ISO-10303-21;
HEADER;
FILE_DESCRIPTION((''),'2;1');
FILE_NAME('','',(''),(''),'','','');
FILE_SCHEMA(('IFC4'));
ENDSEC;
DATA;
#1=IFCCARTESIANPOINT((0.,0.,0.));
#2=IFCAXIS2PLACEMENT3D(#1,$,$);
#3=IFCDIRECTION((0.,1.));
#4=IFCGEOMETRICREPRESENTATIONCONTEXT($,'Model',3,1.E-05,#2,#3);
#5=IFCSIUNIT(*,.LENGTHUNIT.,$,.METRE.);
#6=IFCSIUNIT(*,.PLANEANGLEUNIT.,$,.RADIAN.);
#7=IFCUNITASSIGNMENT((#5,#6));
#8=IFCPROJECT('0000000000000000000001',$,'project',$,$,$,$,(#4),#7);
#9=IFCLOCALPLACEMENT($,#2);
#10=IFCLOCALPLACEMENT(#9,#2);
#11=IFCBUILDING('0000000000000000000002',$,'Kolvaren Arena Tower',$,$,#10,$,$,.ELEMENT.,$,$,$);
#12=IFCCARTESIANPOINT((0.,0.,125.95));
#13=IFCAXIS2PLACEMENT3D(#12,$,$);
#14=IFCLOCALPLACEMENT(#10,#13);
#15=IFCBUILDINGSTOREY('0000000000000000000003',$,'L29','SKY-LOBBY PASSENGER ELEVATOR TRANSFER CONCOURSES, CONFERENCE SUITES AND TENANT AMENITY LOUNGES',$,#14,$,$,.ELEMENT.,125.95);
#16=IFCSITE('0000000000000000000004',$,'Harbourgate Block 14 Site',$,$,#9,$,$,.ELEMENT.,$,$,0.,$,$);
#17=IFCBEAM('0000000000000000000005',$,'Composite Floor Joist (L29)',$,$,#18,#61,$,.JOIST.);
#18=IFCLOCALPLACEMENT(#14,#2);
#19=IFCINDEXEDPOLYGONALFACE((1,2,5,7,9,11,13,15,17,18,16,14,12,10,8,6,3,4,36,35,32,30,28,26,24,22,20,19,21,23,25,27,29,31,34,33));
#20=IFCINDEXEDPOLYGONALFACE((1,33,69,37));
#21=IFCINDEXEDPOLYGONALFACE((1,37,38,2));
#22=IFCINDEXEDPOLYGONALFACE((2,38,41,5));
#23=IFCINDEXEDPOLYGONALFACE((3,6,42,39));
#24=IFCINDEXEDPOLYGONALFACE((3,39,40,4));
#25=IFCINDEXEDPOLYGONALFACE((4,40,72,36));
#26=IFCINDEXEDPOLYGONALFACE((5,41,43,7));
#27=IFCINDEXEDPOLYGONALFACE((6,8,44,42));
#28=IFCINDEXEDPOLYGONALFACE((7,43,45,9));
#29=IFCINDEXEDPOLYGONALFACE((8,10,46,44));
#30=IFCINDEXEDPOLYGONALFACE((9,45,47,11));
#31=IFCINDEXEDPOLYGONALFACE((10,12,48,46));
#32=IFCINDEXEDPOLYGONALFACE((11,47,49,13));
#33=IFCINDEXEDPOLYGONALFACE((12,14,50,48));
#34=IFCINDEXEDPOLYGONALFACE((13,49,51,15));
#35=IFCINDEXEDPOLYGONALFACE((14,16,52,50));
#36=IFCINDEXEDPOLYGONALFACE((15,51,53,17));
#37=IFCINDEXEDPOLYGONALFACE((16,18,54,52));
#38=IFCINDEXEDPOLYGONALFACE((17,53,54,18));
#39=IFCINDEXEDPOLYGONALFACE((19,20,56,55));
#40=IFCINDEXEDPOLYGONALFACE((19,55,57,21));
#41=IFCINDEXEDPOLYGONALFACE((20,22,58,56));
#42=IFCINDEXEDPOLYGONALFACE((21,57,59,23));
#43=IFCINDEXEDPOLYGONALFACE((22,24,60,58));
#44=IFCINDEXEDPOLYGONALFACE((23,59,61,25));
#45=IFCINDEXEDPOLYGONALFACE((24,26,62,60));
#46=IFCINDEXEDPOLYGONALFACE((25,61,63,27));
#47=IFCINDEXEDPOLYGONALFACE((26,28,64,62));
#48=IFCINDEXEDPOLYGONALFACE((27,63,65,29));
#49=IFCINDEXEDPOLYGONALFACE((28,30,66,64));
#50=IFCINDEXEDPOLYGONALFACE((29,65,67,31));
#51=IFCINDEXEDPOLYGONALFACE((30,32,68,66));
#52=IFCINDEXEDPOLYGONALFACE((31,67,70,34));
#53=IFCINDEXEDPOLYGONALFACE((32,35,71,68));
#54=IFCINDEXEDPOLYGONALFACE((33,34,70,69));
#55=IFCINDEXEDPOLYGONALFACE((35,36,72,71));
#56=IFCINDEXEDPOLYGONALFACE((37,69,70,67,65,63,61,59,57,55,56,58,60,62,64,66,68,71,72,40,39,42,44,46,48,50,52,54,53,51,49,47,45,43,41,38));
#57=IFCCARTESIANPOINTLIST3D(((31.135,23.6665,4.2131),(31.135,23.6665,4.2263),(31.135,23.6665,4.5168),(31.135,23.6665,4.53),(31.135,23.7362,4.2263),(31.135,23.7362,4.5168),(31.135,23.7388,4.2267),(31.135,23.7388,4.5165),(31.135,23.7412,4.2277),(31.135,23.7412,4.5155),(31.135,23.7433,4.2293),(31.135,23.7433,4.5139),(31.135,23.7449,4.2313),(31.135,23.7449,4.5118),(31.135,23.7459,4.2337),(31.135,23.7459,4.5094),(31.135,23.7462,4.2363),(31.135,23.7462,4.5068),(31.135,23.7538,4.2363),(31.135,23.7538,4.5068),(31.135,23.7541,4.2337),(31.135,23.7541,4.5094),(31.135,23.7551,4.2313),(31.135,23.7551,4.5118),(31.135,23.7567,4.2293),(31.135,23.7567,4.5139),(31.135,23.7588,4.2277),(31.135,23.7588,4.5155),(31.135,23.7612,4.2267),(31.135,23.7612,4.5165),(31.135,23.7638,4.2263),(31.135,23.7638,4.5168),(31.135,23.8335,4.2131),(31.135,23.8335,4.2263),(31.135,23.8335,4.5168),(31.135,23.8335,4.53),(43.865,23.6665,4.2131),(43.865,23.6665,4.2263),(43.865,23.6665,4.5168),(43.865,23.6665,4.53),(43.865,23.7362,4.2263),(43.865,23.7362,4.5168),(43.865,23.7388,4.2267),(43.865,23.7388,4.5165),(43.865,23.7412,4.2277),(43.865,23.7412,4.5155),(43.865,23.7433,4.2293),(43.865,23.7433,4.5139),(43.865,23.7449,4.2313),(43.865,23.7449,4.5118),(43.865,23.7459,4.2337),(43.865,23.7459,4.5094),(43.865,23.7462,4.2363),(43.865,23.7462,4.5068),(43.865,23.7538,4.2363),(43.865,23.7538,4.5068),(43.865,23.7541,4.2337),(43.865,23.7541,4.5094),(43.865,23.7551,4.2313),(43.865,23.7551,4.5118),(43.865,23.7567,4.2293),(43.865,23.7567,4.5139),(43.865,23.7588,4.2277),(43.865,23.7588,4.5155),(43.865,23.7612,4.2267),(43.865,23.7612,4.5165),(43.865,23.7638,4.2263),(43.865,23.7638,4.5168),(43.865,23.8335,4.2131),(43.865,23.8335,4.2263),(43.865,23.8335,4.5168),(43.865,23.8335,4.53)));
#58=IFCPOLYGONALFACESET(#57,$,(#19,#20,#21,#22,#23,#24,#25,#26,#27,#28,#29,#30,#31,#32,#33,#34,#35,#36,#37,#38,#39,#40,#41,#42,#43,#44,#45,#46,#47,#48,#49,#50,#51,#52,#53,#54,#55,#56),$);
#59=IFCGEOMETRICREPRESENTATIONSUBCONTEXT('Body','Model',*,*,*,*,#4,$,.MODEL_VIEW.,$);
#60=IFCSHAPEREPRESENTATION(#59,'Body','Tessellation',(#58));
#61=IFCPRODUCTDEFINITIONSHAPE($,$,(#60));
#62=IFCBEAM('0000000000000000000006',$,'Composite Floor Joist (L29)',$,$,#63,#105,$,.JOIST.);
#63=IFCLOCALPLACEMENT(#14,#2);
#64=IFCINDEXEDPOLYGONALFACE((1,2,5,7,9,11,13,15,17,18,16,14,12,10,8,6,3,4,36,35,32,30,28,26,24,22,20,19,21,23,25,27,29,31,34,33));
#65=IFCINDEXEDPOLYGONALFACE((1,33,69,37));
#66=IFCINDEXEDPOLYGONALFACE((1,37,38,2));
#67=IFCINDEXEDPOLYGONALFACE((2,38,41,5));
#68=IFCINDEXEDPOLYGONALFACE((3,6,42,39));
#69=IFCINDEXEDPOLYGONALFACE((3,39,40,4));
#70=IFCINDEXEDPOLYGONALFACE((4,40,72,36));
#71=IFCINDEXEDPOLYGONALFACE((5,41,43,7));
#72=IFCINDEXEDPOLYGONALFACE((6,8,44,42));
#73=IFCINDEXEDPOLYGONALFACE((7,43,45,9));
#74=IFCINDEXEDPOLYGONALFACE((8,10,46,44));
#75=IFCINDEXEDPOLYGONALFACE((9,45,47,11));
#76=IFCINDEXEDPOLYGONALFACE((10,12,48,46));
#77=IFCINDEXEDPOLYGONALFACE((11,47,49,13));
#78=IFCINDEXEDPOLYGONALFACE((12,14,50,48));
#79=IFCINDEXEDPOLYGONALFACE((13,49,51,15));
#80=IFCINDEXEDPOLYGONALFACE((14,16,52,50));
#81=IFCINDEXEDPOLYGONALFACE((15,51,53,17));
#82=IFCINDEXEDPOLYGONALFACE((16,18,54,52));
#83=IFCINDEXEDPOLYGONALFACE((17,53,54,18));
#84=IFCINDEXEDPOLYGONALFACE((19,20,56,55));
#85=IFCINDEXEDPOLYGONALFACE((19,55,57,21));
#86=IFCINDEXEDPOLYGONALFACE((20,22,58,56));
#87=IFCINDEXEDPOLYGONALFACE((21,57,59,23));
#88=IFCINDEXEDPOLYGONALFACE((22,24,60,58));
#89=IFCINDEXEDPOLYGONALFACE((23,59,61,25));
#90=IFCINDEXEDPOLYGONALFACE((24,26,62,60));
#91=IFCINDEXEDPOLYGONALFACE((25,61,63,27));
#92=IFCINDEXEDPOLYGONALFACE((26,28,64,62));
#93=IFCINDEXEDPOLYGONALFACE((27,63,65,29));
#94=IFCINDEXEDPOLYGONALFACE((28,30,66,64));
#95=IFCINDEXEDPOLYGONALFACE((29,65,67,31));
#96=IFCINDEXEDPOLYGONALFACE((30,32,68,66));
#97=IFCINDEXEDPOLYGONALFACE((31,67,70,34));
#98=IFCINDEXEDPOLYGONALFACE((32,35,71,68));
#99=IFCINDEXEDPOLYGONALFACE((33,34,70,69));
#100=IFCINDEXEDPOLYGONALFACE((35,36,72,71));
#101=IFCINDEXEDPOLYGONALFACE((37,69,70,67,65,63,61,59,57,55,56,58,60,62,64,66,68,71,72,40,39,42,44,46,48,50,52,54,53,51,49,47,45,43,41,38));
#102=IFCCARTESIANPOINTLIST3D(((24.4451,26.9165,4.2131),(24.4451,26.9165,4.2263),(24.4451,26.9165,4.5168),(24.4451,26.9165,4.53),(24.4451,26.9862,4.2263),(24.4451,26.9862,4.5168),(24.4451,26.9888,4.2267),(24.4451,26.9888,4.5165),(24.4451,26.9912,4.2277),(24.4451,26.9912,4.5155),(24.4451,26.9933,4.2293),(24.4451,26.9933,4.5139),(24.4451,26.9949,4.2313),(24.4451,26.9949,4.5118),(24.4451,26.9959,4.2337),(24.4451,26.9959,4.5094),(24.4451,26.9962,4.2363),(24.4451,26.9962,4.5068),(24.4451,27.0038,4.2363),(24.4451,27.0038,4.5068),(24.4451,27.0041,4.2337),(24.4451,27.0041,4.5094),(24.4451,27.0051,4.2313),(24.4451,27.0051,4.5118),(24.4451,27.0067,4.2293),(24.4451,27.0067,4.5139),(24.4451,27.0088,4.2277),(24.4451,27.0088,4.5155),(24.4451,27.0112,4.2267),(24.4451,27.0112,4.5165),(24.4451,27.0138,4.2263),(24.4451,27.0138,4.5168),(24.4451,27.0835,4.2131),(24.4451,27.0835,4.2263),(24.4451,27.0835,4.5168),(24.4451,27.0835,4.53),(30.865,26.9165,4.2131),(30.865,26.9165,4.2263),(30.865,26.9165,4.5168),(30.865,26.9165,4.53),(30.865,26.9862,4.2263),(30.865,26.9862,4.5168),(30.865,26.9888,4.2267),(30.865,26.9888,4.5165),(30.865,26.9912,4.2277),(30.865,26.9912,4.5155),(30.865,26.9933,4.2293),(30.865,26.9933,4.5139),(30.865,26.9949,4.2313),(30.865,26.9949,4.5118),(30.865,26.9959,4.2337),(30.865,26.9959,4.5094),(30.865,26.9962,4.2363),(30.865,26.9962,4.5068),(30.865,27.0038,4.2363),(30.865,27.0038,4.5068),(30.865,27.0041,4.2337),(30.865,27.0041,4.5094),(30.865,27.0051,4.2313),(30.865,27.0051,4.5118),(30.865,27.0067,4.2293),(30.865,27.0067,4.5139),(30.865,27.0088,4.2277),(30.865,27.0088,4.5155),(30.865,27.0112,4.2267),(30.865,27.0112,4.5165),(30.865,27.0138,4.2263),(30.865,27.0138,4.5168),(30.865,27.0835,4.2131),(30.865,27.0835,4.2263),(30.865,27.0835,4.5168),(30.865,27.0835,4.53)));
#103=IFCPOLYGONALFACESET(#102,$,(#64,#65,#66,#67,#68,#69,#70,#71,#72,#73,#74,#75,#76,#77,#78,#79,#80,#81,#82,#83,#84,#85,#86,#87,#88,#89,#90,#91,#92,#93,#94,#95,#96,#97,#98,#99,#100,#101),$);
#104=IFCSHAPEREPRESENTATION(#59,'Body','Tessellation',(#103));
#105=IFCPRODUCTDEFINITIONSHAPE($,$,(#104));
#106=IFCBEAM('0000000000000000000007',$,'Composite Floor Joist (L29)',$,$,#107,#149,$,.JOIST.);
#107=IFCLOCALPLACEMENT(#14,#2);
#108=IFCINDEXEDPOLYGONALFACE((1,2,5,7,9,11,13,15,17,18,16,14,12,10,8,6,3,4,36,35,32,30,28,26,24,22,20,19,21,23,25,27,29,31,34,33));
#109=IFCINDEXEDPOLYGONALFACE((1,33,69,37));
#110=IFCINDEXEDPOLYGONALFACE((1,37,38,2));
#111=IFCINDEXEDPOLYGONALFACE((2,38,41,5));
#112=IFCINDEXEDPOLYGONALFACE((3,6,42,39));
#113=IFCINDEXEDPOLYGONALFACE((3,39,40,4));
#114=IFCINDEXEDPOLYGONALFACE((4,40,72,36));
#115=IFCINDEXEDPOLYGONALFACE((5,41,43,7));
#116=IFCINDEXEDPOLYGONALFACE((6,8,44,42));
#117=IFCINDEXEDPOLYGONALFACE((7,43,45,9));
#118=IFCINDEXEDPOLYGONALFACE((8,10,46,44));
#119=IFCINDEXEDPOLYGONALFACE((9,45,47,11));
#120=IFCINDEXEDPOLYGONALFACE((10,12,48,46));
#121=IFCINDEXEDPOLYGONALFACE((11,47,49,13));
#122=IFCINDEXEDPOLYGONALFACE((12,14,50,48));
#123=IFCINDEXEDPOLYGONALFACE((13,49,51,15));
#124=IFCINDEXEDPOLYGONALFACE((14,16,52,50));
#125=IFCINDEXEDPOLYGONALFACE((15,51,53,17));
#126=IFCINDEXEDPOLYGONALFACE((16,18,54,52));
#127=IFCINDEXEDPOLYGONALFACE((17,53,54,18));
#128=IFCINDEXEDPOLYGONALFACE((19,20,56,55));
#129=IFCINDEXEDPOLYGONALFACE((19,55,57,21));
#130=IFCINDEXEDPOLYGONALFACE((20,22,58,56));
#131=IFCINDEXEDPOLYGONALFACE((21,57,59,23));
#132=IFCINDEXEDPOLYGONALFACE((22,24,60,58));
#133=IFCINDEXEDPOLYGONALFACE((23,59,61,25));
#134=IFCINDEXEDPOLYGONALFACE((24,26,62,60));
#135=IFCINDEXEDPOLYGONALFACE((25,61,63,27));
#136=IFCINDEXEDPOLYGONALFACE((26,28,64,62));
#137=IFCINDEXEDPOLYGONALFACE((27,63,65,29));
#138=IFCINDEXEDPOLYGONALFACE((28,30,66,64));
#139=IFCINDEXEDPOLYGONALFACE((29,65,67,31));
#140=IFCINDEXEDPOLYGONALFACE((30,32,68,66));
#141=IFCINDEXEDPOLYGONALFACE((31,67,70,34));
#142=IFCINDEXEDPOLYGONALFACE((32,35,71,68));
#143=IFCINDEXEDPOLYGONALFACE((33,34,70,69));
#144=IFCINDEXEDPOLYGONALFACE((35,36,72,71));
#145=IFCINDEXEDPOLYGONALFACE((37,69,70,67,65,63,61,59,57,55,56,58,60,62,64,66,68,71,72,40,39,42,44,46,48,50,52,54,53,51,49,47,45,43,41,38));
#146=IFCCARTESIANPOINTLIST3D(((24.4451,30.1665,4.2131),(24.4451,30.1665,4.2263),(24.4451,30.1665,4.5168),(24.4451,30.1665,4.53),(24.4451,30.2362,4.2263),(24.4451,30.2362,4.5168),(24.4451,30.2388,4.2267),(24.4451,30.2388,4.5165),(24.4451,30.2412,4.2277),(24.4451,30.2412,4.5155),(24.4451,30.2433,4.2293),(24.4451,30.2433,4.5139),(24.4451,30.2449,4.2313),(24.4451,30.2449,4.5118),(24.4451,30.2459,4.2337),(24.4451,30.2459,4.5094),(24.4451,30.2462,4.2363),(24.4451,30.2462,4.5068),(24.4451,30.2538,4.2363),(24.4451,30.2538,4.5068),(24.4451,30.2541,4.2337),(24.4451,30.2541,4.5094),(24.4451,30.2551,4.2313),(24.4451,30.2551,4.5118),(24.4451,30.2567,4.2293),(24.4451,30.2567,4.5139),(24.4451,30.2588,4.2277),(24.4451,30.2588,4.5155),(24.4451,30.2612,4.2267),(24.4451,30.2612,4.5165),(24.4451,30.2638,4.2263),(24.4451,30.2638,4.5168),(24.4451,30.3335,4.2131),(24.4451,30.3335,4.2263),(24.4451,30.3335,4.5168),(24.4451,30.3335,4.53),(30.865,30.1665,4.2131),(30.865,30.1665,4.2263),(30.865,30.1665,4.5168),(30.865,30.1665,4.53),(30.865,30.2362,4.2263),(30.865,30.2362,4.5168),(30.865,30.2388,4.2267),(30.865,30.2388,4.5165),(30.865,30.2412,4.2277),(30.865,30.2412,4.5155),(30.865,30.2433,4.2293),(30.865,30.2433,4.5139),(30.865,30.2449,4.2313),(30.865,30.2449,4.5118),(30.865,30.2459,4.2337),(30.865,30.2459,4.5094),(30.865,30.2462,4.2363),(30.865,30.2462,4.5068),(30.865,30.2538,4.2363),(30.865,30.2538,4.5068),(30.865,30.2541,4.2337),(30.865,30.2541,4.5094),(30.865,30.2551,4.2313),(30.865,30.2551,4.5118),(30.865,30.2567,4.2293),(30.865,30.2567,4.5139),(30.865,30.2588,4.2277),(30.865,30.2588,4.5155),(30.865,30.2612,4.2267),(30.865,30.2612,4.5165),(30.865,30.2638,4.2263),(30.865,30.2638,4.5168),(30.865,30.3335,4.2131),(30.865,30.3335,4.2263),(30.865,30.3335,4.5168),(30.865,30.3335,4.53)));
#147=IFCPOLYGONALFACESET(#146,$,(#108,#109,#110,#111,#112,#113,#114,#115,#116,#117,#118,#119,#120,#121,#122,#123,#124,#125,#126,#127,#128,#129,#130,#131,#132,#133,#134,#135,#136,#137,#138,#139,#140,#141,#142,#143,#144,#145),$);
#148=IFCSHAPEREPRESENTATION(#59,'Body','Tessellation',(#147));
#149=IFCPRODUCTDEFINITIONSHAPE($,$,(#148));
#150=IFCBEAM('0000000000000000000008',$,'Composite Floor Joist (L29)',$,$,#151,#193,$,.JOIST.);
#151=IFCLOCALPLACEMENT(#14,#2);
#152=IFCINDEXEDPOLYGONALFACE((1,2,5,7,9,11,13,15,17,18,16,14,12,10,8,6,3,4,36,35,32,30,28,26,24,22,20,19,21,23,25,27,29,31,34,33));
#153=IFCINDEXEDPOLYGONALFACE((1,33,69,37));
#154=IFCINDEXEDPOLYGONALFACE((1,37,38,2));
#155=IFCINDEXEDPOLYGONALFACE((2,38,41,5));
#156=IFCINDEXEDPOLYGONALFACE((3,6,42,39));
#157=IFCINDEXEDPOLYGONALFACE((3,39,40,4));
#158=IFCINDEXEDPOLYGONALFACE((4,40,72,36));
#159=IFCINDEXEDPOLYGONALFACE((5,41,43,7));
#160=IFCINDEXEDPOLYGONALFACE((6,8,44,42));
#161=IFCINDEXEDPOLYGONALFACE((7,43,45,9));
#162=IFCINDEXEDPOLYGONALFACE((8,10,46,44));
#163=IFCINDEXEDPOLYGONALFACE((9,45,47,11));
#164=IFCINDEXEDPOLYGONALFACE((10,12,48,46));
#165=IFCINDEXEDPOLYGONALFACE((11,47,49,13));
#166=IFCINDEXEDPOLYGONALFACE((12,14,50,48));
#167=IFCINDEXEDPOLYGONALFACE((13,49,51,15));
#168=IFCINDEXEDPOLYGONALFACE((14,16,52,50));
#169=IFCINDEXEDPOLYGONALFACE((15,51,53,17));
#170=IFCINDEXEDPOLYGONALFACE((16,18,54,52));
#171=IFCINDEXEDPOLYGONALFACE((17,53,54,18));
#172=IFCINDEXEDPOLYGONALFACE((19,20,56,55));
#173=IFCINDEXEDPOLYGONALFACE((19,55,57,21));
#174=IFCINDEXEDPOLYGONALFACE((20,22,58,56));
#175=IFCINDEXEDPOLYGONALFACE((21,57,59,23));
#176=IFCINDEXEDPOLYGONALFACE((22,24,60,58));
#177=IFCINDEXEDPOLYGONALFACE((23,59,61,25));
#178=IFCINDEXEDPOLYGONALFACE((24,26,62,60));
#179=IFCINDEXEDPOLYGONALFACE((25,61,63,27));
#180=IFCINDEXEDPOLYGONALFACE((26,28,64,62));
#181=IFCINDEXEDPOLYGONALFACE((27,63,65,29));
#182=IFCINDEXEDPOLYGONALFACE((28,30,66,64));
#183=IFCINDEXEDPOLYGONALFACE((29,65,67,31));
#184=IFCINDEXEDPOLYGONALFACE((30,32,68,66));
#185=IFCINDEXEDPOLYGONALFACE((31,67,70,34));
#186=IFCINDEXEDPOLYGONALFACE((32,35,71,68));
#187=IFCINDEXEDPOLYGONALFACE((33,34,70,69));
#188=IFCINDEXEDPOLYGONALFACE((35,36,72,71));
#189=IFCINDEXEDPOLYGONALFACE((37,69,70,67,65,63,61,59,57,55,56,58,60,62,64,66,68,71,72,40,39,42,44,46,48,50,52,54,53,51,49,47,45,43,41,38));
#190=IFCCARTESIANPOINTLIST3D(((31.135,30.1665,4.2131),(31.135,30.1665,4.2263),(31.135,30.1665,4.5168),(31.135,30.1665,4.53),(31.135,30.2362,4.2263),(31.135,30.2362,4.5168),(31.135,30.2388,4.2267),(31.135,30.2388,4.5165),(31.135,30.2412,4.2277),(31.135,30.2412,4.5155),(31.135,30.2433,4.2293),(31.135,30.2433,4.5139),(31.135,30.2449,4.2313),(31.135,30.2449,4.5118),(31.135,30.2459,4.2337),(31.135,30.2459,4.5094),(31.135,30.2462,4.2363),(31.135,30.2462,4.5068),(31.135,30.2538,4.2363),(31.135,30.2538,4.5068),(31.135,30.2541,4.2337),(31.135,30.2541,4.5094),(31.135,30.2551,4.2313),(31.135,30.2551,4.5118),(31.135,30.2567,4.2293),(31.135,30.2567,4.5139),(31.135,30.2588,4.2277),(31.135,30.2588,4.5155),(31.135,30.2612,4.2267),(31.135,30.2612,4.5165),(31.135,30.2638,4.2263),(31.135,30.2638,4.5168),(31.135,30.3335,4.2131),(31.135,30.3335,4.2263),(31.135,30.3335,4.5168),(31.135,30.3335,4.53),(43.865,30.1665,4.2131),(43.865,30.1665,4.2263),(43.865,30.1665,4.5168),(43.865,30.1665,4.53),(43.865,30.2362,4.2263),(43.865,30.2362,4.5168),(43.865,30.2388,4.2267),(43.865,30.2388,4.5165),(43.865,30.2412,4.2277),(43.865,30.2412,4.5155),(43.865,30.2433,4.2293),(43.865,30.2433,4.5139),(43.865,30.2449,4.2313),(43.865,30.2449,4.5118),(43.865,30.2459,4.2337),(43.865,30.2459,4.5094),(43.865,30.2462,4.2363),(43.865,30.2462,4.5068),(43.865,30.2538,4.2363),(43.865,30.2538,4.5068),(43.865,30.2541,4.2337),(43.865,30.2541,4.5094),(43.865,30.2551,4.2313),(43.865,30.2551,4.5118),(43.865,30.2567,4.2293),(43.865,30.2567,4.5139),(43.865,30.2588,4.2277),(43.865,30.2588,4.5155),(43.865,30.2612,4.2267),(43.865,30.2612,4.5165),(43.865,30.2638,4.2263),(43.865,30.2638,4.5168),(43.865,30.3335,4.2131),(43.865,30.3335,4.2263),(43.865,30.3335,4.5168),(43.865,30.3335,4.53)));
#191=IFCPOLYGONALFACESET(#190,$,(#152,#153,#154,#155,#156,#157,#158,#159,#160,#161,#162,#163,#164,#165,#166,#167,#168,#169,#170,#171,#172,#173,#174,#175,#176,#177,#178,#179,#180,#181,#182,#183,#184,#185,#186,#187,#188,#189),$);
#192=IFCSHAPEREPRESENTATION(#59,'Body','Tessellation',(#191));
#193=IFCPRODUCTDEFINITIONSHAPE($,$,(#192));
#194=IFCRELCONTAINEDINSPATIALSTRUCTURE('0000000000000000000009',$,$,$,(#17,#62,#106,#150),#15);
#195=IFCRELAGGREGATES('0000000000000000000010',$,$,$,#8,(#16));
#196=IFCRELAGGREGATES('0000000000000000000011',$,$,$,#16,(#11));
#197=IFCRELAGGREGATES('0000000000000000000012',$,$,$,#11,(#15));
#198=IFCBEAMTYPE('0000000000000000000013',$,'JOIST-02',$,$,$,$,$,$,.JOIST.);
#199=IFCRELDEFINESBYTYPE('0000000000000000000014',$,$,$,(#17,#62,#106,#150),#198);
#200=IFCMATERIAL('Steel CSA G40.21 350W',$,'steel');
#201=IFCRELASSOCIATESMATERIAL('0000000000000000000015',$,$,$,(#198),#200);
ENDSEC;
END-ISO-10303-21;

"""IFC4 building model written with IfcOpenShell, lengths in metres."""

from ifc_helpers import new_model, si_unit, direction, frame, origin, origin_2d, place, context, subcontext, project, spatial, i_section, extrude, material, material_profile, profile_set, type_object, element, save


model = new_model("IFC4")

# Units and contexts
model_context = context("Model", 3, precision=1e-05, world=origin(), true_north=direction((0.0, 1.0)))
body_context = subcontext(model_context, "Body", "Model", "MODEL_VIEW")
ifc_project = project(units=[si_unit("LENGTHUNIT", "METRE"), si_unit("PLANEANGLEUNIT", "RADIAN")], contexts=[model_context])

# Site, building, storey
site_placement = place(None, origin())
site = spatial("IfcSite", under=ifc_project, at=site_placement, Name="Harbourgate Block 14 Site", CompositionType="ELEMENT", RefElevation=0.0)
building_placement = place(site_placement, origin())
building = spatial("IfcBuilding", under=site, at=building_placement, Name="Kolvaren Arena Tower", CompositionType="ELEMENT")
storey_placement = place(building_placement, frame((0.0, 0.0, 125.95)))
storey = spatial("IfcBuildingStorey", under=building, at=storey_placement, Name="L29", Description="SKY-LOBBY PASSENGER ELEVATOR TRANSFER CONCOURSES, CONFERENCE SUITES AND TENANT AMENITY LOUNGES", CompositionType="ELEMENT", Elevation=125.95)

# Beams
ifc_material_1 = material(Name="Steel CSA G40.21 350W", Category="steel")
ifc_material_profile_1 = material_profile(ifc_material_1, i_section(OverallWidth=0.167, OverallDepth=0.3169, WebThickness=0.0076, FlangeThickness=0.0132, FilletRadius=0.01, at=origin_2d()), Name="W310x52")
ifc_profile_set_1 = profile_set([ifc_material_profile_1], Name="Steel CSA G40.21 350W")
beam_type_1 = type_object("IfcBeamType", Name="JOIST-02", PredefinedType="JOIST", material=ifc_profile_set_1)
beam_1_placement = place(storey_placement, frame((31.135, 23.75, 4.3716), z_axis=(1.0, 0.0, 0.0), x_axis=(0.0, 1.0, 0.0)))
element("IfcBeam", 1, at=beam_1_placement, inside=storey, type_object=beam_type_1, Name="Composite Floor Joist (L29)", PredefinedType="JOIST", context=body_context, shape_type="SweptSolid", body=[
    extrude(i_section(OverallWidth=0.167, OverallDepth=0.3169, WebThickness=0.0076, FlangeThickness=0.0132, FilletRadius=0.01, at=origin_2d()), origin(), (0.0, 0.0, 1.0), 12.73),
])
for number, where, z_axis, x_axis, name in (
    (2, (24.4451, 27.0, 4.3716), (1.0, 0.0, 0.0), (0.0, 1.0, 0.0), "Composite Floor Joist (L29)"),
    (3, (24.4451, 30.25, 4.3716), (1.0, 0.0, 0.0), (0.0, 1.0, 0.0), "Composite Floor Joist (L29)"),
):
    element("IfcBeam", number, at=place(storey_placement, frame(where, z_axis=z_axis, x_axis=x_axis)), inside=storey, type_object=beam_type_1, Name=name, PredefinedType="JOIST", context=body_context, shape_type="SweptSolid", body=[
        extrude(i_section(OverallWidth=0.167, OverallDepth=0.3169, WebThickness=0.0076, FlangeThickness=0.0132, FilletRadius=0.01, at=origin_2d()), origin(), (0.0, 0.0, 1.0), 6.4199),
    ])
beam_2_placement = place(storey_placement, frame((31.135, 30.25, 4.3716), z_axis=(1.0, 0.0, 0.0), x_axis=(0.0, 1.0, 0.0)))
element("IfcBeam", 4, at=beam_2_placement, inside=storey, type_object=beam_type_1, Name="Composite Floor Joist (L29)", PredefinedType="JOIST", context=body_context, shape_type="SweptSolid", body=[
    extrude(i_section(OverallWidth=0.167, OverallDepth=0.3169, WebThickness=0.0076, FlangeThickness=0.0132, FilletRadius=0.01, at=origin_2d()), origin(), (0.0, 0.0, 1.0), 12.73),
])

save(model, "model.ifc")
